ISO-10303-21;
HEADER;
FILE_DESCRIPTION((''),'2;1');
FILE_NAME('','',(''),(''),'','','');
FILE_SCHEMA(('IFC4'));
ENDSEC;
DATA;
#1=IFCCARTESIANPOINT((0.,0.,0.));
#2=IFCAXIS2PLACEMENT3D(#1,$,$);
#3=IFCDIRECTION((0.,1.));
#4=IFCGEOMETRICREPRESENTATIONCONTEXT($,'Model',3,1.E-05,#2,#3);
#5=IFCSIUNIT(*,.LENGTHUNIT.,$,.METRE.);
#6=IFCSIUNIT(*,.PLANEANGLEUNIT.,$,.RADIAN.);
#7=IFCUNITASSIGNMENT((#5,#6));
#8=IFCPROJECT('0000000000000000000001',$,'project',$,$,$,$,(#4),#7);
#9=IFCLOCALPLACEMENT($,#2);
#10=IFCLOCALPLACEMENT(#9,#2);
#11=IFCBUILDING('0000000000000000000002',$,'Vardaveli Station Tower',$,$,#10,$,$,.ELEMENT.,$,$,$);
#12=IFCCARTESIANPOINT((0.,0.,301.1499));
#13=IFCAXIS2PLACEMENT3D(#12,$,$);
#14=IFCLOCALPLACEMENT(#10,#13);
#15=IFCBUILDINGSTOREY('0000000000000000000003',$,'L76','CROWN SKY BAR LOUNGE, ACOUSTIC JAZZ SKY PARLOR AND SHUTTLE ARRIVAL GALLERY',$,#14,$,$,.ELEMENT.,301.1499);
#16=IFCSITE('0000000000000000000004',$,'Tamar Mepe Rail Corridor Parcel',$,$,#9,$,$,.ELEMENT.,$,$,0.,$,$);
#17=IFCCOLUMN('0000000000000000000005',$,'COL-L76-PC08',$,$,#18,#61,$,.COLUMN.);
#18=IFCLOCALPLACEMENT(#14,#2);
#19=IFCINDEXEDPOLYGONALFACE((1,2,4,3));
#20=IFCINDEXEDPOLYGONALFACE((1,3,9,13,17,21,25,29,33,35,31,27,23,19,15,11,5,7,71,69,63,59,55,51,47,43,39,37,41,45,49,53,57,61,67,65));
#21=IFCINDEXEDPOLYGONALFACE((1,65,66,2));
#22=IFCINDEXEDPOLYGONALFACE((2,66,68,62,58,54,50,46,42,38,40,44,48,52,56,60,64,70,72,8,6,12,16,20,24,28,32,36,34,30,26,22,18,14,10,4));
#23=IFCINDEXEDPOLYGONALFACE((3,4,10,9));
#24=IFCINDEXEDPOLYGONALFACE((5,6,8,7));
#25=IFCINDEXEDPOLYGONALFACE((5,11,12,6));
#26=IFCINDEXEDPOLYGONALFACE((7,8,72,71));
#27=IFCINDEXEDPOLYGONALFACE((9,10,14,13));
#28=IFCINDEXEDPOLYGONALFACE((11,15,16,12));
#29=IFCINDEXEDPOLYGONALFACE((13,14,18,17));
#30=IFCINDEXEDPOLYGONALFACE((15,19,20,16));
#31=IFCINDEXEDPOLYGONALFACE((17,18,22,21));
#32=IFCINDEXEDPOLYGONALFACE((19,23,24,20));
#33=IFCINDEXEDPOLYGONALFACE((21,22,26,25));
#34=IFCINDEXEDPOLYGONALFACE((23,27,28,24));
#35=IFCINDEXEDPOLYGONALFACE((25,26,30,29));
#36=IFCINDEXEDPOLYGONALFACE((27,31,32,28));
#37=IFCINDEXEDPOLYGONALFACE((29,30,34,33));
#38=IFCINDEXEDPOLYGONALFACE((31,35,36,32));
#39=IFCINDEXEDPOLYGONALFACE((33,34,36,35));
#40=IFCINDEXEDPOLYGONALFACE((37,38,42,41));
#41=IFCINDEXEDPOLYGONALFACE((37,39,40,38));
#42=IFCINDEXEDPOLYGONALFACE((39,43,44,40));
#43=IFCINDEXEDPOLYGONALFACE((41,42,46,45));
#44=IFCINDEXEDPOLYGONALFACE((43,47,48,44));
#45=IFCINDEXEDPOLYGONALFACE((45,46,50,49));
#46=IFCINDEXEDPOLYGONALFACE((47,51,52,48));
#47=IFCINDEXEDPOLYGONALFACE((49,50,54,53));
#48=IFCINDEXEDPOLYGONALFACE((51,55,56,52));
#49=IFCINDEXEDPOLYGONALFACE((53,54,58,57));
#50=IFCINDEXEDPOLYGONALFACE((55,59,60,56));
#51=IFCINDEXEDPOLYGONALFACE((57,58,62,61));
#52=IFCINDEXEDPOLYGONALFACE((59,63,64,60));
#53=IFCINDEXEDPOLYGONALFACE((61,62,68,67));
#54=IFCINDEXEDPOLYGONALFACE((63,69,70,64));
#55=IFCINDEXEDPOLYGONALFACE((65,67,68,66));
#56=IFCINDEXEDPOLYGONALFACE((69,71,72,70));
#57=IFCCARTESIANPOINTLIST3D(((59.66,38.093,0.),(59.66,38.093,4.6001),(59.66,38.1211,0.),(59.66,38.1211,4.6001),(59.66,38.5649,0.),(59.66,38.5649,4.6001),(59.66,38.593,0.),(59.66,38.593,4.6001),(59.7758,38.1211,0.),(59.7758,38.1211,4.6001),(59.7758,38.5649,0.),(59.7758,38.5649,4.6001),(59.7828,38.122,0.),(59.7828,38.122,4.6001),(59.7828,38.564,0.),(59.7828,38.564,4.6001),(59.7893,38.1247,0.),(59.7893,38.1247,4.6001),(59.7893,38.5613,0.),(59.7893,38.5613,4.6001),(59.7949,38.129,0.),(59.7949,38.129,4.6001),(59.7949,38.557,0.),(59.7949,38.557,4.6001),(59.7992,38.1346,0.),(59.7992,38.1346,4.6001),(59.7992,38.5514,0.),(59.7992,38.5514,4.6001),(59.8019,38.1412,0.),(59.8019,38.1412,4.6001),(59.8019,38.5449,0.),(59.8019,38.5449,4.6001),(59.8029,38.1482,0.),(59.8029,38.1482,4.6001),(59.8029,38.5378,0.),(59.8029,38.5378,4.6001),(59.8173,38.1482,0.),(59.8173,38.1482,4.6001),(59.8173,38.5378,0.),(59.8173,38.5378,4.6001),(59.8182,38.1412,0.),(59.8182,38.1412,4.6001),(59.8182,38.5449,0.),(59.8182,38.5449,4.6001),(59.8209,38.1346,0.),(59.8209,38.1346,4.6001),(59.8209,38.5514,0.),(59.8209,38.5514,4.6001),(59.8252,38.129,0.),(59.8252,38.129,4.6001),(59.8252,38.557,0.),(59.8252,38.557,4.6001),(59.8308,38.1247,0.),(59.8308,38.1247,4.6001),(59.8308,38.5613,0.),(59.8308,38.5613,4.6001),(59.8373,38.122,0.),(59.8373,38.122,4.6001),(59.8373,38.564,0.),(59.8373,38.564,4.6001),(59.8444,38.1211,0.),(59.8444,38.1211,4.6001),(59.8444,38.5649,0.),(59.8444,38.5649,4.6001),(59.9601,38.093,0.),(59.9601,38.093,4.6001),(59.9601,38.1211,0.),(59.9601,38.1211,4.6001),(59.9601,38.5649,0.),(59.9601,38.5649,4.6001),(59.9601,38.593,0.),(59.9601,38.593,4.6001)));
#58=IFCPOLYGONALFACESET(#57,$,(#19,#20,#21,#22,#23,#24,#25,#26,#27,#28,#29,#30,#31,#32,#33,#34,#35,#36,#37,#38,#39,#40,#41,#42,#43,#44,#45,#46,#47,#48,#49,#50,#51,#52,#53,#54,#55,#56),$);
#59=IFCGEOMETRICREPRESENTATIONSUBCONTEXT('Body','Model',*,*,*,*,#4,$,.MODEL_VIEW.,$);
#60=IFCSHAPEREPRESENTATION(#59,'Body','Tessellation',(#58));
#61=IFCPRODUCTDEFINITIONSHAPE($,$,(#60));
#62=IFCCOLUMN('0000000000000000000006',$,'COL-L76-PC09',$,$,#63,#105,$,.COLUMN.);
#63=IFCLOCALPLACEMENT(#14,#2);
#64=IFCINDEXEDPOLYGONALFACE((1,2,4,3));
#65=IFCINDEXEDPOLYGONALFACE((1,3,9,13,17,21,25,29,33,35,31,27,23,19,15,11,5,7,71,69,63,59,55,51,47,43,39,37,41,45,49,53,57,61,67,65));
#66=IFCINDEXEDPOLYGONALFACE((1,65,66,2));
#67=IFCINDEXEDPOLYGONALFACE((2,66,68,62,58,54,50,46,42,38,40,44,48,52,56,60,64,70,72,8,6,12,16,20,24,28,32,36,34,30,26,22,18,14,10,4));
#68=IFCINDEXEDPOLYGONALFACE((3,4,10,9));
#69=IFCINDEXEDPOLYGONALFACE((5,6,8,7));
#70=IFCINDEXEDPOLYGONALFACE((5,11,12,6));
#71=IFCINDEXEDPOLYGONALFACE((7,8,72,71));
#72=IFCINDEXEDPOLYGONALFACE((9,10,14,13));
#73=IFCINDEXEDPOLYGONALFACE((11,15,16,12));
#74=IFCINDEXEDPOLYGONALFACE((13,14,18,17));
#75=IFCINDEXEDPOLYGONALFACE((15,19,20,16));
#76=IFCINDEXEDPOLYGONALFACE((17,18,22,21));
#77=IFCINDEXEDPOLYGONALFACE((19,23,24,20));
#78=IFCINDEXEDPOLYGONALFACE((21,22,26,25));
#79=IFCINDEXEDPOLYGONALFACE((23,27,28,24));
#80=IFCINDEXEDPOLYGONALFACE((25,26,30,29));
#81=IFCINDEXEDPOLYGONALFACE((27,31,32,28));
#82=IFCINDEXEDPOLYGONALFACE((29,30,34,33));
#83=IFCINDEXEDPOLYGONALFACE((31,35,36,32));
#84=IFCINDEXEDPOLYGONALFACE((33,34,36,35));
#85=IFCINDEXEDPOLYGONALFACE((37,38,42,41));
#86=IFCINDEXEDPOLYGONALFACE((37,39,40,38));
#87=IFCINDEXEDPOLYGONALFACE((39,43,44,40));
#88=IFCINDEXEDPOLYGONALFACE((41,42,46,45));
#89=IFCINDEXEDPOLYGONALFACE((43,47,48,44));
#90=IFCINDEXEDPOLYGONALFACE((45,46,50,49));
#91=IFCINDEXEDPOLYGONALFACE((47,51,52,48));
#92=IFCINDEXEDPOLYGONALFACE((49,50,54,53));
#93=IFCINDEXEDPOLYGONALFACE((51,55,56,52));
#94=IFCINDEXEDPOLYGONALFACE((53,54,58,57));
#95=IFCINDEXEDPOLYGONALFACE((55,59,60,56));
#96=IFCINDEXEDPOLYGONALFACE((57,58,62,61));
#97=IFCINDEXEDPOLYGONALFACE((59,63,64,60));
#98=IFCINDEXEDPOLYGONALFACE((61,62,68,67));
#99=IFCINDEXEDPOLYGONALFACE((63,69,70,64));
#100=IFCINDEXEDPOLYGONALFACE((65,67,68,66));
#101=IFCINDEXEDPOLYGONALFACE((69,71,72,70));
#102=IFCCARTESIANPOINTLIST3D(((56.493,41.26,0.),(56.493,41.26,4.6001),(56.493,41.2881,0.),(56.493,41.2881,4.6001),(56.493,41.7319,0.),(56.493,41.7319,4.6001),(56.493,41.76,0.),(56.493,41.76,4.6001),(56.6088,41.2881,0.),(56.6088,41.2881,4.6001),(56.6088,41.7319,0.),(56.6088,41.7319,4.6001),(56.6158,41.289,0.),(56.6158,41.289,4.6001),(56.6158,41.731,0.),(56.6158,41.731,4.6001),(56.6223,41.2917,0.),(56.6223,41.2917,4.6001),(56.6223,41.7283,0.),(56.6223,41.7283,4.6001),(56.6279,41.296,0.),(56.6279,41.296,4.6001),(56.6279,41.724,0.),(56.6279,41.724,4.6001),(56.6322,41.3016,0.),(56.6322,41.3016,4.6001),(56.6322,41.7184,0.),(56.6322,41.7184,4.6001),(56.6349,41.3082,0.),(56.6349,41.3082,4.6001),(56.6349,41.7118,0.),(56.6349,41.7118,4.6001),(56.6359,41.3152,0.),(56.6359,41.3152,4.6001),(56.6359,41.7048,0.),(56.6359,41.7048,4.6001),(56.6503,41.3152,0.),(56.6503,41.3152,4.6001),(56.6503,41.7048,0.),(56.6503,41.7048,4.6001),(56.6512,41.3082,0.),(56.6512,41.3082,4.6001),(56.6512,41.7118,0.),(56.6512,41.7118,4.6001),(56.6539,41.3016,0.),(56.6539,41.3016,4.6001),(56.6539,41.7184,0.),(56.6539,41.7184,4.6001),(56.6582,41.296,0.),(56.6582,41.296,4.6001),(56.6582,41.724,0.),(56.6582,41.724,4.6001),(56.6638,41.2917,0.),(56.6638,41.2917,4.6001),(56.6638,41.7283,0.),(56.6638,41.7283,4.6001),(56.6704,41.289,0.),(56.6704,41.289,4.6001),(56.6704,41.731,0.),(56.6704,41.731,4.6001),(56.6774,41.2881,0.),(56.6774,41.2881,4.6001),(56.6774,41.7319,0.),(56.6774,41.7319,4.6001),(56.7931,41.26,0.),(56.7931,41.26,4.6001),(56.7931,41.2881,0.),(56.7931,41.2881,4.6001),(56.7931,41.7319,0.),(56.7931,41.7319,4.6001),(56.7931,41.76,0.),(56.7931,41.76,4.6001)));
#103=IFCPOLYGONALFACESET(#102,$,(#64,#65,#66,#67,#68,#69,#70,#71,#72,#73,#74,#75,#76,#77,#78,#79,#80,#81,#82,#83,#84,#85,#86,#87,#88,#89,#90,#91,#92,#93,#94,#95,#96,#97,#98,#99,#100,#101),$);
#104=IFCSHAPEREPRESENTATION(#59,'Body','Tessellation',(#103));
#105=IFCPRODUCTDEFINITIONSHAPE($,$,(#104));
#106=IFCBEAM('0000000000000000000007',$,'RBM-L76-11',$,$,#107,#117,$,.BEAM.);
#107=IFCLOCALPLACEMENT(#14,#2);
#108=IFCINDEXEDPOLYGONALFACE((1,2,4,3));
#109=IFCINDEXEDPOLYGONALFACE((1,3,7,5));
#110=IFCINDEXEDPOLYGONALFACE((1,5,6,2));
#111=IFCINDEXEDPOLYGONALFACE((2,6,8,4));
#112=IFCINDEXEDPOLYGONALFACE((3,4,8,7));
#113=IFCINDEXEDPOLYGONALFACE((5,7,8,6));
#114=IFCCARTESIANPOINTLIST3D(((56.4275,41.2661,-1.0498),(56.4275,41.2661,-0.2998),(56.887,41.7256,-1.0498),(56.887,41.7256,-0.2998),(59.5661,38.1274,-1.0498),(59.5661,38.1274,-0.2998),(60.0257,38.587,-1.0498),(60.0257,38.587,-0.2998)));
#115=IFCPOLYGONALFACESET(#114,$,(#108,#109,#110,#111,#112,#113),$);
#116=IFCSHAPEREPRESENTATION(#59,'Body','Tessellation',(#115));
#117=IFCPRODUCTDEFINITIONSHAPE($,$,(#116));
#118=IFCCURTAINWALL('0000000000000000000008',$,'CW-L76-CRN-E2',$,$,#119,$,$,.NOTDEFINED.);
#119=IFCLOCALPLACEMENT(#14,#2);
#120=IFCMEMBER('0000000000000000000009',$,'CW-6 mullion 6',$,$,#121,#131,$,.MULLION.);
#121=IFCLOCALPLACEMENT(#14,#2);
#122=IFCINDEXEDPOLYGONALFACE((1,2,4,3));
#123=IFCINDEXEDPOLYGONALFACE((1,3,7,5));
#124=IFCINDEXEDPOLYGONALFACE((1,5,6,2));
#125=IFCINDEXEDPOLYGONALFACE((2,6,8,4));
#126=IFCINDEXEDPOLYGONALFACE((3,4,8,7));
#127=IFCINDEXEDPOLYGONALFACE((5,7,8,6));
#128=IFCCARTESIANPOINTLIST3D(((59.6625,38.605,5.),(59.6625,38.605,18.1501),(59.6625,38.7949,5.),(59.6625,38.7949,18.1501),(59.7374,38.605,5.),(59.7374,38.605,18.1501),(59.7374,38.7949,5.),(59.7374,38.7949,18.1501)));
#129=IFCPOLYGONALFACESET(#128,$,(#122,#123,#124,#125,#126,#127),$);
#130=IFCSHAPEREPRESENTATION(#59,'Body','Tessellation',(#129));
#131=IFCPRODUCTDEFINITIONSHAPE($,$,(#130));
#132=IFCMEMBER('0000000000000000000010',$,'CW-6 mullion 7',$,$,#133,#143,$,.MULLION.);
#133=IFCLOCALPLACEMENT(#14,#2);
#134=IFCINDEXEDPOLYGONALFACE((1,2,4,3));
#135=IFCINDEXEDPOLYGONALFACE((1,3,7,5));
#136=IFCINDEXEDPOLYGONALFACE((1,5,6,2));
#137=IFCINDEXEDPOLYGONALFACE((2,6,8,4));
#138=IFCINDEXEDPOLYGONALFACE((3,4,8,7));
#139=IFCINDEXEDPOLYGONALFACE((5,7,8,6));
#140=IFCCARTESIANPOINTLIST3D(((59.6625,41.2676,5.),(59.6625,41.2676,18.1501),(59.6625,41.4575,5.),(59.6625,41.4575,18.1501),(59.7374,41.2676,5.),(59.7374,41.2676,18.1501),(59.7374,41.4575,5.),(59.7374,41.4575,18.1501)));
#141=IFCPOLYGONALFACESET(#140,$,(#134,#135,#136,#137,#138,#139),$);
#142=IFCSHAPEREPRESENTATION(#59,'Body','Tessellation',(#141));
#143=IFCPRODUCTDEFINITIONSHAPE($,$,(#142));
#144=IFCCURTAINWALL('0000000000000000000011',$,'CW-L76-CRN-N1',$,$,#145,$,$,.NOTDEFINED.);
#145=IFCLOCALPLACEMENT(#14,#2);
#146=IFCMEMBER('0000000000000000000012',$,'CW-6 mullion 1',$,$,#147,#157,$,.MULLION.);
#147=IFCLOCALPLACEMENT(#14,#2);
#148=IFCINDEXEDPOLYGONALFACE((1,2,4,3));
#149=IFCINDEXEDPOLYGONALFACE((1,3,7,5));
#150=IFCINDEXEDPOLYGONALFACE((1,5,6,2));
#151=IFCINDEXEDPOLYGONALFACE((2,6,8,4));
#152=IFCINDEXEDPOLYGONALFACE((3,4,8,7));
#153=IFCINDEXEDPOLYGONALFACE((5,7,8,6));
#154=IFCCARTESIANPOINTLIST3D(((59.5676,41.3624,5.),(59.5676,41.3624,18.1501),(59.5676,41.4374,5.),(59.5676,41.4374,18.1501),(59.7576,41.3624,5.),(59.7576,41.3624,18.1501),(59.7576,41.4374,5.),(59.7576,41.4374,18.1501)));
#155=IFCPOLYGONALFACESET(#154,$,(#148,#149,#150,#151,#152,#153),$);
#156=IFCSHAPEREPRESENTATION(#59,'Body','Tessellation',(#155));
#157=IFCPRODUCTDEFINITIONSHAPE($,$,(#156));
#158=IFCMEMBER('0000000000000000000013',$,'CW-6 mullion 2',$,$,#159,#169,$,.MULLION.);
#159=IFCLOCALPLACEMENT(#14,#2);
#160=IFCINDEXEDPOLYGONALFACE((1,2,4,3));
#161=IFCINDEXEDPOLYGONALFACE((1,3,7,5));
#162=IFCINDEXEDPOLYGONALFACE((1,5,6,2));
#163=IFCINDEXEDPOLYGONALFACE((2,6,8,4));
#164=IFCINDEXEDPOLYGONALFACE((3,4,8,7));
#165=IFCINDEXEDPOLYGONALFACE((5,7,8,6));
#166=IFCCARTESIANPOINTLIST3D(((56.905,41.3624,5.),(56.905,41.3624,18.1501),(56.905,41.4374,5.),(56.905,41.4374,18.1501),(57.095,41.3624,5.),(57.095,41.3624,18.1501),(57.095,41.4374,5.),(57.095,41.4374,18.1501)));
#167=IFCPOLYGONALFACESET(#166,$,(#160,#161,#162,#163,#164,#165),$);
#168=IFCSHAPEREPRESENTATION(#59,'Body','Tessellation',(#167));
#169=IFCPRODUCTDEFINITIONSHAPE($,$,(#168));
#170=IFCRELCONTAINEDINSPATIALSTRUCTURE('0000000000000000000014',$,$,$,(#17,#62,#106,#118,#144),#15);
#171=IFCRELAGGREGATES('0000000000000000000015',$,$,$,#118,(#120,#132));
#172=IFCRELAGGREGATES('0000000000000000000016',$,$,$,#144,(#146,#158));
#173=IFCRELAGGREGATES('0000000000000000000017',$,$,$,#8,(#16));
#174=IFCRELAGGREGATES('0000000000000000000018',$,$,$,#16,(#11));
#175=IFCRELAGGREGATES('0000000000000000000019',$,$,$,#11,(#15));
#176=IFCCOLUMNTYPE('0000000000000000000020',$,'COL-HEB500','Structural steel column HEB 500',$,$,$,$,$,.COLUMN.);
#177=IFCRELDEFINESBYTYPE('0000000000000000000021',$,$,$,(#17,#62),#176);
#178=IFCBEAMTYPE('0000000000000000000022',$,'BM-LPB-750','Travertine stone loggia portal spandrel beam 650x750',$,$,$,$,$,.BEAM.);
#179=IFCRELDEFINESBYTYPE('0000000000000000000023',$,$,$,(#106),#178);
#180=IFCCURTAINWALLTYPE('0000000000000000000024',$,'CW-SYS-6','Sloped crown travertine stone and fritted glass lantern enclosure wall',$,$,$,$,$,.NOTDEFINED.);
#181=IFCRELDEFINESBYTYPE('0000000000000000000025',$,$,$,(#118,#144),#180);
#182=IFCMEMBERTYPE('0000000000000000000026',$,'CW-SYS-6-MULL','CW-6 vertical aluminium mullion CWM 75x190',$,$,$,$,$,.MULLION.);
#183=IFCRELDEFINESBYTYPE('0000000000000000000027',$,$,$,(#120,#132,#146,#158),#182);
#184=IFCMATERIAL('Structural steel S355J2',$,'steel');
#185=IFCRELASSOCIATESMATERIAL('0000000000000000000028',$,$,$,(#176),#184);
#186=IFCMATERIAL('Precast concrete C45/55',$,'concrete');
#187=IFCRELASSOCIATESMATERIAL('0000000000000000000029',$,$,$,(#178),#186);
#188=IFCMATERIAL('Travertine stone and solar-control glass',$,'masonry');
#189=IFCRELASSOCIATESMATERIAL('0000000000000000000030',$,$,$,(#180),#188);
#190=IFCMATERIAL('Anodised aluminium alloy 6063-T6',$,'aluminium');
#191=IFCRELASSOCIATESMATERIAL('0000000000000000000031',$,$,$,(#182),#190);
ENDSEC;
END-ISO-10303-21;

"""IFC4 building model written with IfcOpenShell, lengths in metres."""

from ifc_helpers import new_model, si_unit, direction, frame, origin, origin_2d, place, context, subcontext, project, spatial, rectangle, i_section, extrude, source, transform, mapped, material, material_profile, profile_set, type_object, element, aggregate, save


model = new_model("IFC4")

# Units and contexts
model_context = context("Model", 3, precision=1e-05, world=origin(), true_north=direction((0.0, 1.0)))
body_context = subcontext(model_context, "Body", "Model", "MODEL_VIEW")
ifc_project = project(units=[si_unit("LENGTHUNIT", "METRE"), si_unit("PLANEANGLEUNIT", "RADIAN")], contexts=[model_context])

# Site, building, storey
site_placement = place(None, origin())
site = spatial("IfcSite", under=ifc_project, at=site_placement, Name="Tamar Mepe Rail Corridor Parcel", CompositionType="ELEMENT", RefElevation=0.0)
building_placement = place(site_placement, origin())
building = spatial("IfcBuilding", under=site, at=building_placement, Name="Vardaveli Station Tower", CompositionType="ELEMENT")
storey_placement = place(building_placement, frame((0.0, 0.0, 301.1499)))
storey = spatial("IfcBuildingStorey", under=building, at=storey_placement, Name="L76", Description="CROWN SKY BAR LOUNGE, ACOUSTIC JAZZ SKY PARLOR AND SHUTTLE ARRIVAL GALLERY", CompositionType="ELEMENT", Elevation=301.1499)

# Columns
ifc_material_1 = material(Name="Structural steel S355J2", Category="steel")
ifc_material_profile_1 = material_profile(ifc_material_1, i_section(OverallWidth=0.3, OverallDepth=0.5, WebThickness=0.0144, FlangeThickness=0.0281, FilletRadius=0.0271, at=origin_2d()), Name="HEB 500")
ifc_profile_set_1 = profile_set([ifc_material_profile_1], Name="Structural steel S355J2")
column_type = type_object("IfcColumnType", Name="COL-HEB500", Description="Structural steel column HEB 500", PredefinedType="COLUMN", material=ifc_profile_set_1)
shared_shape_1 = source(origin(), body_context, "Body", "SweptSolid", [
    extrude(i_section(OverallWidth=0.3, OverallDepth=0.5, WebThickness=0.0144, FlangeThickness=0.0281, FilletRadius=0.0271, at=origin_2d()), origin(), (0.0, 0.0, 1.0), 4.6001),
])
for number, where, z_axis, x_axis, name in (
    (1, (59.8101, 38.343, 0.0), (0.0, 0.0, 1.0), (1.0, 0.0, 0.0), "COL-L76-PC08"),
    (2, (56.6431, 41.51, 0.0), (0.0, 0.0, 1.0), (1.0, 0.0, 0.0), "COL-L76-PC09"),
):
    element("IfcColumn", number, at=place(storey_placement, frame(where, z_axis=z_axis, x_axis=x_axis)), inside=storey, type_object=column_type, Name=name, PredefinedType="COLUMN", context=body_context, shape_type="MappedRepresentation", body=[
        mapped(shared_shape_1, transform((0.0, 0.0, 0.0), scale=1.0)),
    ])

# Beam
ifc_material_2 = material(Name="Precast concrete C45/55", Category="concrete")
ifc_material_profile_2 = material_profile(ifc_material_2, rectangle(XDim=0.6499, YDim=0.75, at=origin_2d()), Name="LPB 650x750")
ifc_profile_set_2 = profile_set([ifc_material_profile_2], Name="Precast concrete C45/55")
beam_type = type_object("IfcBeamType", Name="BM-LPB-750", Description="Travertine stone loggia portal spandrel beam 650x750", PredefinedType="BEAM", material=ifc_profile_set_2)
shared_shape_2 = source(origin(), body_context, "Body", "SweptSolid", [
    extrude(rectangle(XDim=0.6499, YDim=0.75, at=origin_2d()), origin(), (0.0, 0.0, 1.0), 4.4387),
])
beam_placement = place(storey_placement, frame((59.7959, 38.3572, -0.6748), z_axis=(-0.707107, 0.707107, 0.0), x_axis=(-0.707107, -0.707107, 0.0)))
element("IfcBeam", 3, at=beam_placement, inside=storey, type_object=beam_type, Name="RBM-L76-11", PredefinedType="BEAM", context=body_context, shape_type="MappedRepresentation", body=[
    mapped(shared_shape_2, transform((0.0, 0.0, 0.0), scale=1.0)),
])

# Curtain walls, members
ifc_material_3 = material(Name="Travertine stone and solar-control glass", Category="masonry")
curtain_wall_type = type_object("IfcCurtainWallType", Name="CW-SYS-6", Description="Sloped crown travertine stone and fritted glass lantern enclosure wall", PredefinedType="NOTDEFINED", material=ifc_material_3)
curtain_wall_1_placement = place(storey_placement, origin())
curtain_wall_1 = element("IfcCurtainWall", 4, at=curtain_wall_1_placement, inside=storey, type_object=curtain_wall_type, Name="CW-L76-CRN-E2", PredefinedType="NOTDEFINED")
ifc_material_4 = material(Name="Anodised aluminium alloy 6063-T6", Category="aluminium")
ifc_material_profile_3 = material_profile(ifc_material_4, rectangle(XDim=0.075, YDim=0.1899, at=origin_2d()), Name="CWM 75x190")
ifc_profile_set_3 = profile_set([ifc_material_profile_3], Name="Anodised aluminium alloy 6063-T6")
member_type = type_object("IfcMemberType", Name="CW-SYS-6-MULL", Description="CW-6 vertical aluminium mullion CWM 75x190", PredefinedType="MULLION", material=ifc_profile_set_3)
shared_shape_3 = source(origin(), body_context, "Body", "SweptSolid", [
    extrude(rectangle(XDim=0.075, YDim=0.1899, at=origin_2d()), origin(), (0.0, 0.0, 1.0), 13.1501),
])
member_1_placement = place(storey_placement, frame((59.7, 38.7, 5.0), z_axis=(0.0, 0.0, 1.0), x_axis=(-1.0, 0.0, 0.0)))
member_1 = element("IfcMember", 5, at=member_1_placement, type_object=member_type, Name="CW-6 mullion 6", PredefinedType="MULLION", context=body_context, shape_type="MappedRepresentation", body=[
    mapped(shared_shape_3, transform((0.0, 0.0, 0.0), scale=1.0)),
])
member_2_placement = place(storey_placement, frame((59.7, 41.3625, 5.0), z_axis=(0.0, 0.0, 1.0), x_axis=(-1.0, 0.0, 0.0)))
member_2 = element("IfcMember", 6, at=member_2_placement, type_object=member_type, Name="CW-6 mullion 7", PredefinedType="MULLION", context=body_context, shape_type="MappedRepresentation", body=[
    mapped(shared_shape_3, transform((0.0, 0.0, 0.0), scale=1.0)),
])
aggregate(curtain_wall_1, [member_1, member_2])
curtain_wall_2_placement = place(storey_placement, origin())
curtain_wall_2 = element("IfcCurtainWall", 7, at=curtain_wall_2_placement, inside=storey, type_object=curtain_wall_type, Name="CW-L76-CRN-N1", PredefinedType="NOTDEFINED")
member_3_placement = place(storey_placement, frame((59.6626, 41.3999, 5.0), z_axis=(0.0, 0.0, 1.0), x_axis=(0.0, -1.0, 0.0)))
member_3 = element("IfcMember", 8, at=member_3_placement, type_object=member_type, Name="CW-6 mullion 1", PredefinedType="MULLION", context=body_context, shape_type="MappedRepresentation", body=[
    mapped(shared_shape_3, transform((0.0, 0.0, 0.0), scale=1.0)),
])
member_4_placement = place(storey_placement, frame((57.0, 41.3999, 5.0), z_axis=(0.0, 0.0, 1.0), x_axis=(0.0, -1.0, 0.0)))
member_4 = element("IfcMember", 9, at=member_4_placement, type_object=member_type, Name="CW-6 mullion 2", PredefinedType="MULLION", context=body_context, shape_type="MappedRepresentation", body=[
    mapped(shared_shape_3, transform((0.0, 0.0, 0.0), scale=1.0)),
])
aggregate(curtain_wall_2, [member_3, member_4])

save(model, "model.ifc")
